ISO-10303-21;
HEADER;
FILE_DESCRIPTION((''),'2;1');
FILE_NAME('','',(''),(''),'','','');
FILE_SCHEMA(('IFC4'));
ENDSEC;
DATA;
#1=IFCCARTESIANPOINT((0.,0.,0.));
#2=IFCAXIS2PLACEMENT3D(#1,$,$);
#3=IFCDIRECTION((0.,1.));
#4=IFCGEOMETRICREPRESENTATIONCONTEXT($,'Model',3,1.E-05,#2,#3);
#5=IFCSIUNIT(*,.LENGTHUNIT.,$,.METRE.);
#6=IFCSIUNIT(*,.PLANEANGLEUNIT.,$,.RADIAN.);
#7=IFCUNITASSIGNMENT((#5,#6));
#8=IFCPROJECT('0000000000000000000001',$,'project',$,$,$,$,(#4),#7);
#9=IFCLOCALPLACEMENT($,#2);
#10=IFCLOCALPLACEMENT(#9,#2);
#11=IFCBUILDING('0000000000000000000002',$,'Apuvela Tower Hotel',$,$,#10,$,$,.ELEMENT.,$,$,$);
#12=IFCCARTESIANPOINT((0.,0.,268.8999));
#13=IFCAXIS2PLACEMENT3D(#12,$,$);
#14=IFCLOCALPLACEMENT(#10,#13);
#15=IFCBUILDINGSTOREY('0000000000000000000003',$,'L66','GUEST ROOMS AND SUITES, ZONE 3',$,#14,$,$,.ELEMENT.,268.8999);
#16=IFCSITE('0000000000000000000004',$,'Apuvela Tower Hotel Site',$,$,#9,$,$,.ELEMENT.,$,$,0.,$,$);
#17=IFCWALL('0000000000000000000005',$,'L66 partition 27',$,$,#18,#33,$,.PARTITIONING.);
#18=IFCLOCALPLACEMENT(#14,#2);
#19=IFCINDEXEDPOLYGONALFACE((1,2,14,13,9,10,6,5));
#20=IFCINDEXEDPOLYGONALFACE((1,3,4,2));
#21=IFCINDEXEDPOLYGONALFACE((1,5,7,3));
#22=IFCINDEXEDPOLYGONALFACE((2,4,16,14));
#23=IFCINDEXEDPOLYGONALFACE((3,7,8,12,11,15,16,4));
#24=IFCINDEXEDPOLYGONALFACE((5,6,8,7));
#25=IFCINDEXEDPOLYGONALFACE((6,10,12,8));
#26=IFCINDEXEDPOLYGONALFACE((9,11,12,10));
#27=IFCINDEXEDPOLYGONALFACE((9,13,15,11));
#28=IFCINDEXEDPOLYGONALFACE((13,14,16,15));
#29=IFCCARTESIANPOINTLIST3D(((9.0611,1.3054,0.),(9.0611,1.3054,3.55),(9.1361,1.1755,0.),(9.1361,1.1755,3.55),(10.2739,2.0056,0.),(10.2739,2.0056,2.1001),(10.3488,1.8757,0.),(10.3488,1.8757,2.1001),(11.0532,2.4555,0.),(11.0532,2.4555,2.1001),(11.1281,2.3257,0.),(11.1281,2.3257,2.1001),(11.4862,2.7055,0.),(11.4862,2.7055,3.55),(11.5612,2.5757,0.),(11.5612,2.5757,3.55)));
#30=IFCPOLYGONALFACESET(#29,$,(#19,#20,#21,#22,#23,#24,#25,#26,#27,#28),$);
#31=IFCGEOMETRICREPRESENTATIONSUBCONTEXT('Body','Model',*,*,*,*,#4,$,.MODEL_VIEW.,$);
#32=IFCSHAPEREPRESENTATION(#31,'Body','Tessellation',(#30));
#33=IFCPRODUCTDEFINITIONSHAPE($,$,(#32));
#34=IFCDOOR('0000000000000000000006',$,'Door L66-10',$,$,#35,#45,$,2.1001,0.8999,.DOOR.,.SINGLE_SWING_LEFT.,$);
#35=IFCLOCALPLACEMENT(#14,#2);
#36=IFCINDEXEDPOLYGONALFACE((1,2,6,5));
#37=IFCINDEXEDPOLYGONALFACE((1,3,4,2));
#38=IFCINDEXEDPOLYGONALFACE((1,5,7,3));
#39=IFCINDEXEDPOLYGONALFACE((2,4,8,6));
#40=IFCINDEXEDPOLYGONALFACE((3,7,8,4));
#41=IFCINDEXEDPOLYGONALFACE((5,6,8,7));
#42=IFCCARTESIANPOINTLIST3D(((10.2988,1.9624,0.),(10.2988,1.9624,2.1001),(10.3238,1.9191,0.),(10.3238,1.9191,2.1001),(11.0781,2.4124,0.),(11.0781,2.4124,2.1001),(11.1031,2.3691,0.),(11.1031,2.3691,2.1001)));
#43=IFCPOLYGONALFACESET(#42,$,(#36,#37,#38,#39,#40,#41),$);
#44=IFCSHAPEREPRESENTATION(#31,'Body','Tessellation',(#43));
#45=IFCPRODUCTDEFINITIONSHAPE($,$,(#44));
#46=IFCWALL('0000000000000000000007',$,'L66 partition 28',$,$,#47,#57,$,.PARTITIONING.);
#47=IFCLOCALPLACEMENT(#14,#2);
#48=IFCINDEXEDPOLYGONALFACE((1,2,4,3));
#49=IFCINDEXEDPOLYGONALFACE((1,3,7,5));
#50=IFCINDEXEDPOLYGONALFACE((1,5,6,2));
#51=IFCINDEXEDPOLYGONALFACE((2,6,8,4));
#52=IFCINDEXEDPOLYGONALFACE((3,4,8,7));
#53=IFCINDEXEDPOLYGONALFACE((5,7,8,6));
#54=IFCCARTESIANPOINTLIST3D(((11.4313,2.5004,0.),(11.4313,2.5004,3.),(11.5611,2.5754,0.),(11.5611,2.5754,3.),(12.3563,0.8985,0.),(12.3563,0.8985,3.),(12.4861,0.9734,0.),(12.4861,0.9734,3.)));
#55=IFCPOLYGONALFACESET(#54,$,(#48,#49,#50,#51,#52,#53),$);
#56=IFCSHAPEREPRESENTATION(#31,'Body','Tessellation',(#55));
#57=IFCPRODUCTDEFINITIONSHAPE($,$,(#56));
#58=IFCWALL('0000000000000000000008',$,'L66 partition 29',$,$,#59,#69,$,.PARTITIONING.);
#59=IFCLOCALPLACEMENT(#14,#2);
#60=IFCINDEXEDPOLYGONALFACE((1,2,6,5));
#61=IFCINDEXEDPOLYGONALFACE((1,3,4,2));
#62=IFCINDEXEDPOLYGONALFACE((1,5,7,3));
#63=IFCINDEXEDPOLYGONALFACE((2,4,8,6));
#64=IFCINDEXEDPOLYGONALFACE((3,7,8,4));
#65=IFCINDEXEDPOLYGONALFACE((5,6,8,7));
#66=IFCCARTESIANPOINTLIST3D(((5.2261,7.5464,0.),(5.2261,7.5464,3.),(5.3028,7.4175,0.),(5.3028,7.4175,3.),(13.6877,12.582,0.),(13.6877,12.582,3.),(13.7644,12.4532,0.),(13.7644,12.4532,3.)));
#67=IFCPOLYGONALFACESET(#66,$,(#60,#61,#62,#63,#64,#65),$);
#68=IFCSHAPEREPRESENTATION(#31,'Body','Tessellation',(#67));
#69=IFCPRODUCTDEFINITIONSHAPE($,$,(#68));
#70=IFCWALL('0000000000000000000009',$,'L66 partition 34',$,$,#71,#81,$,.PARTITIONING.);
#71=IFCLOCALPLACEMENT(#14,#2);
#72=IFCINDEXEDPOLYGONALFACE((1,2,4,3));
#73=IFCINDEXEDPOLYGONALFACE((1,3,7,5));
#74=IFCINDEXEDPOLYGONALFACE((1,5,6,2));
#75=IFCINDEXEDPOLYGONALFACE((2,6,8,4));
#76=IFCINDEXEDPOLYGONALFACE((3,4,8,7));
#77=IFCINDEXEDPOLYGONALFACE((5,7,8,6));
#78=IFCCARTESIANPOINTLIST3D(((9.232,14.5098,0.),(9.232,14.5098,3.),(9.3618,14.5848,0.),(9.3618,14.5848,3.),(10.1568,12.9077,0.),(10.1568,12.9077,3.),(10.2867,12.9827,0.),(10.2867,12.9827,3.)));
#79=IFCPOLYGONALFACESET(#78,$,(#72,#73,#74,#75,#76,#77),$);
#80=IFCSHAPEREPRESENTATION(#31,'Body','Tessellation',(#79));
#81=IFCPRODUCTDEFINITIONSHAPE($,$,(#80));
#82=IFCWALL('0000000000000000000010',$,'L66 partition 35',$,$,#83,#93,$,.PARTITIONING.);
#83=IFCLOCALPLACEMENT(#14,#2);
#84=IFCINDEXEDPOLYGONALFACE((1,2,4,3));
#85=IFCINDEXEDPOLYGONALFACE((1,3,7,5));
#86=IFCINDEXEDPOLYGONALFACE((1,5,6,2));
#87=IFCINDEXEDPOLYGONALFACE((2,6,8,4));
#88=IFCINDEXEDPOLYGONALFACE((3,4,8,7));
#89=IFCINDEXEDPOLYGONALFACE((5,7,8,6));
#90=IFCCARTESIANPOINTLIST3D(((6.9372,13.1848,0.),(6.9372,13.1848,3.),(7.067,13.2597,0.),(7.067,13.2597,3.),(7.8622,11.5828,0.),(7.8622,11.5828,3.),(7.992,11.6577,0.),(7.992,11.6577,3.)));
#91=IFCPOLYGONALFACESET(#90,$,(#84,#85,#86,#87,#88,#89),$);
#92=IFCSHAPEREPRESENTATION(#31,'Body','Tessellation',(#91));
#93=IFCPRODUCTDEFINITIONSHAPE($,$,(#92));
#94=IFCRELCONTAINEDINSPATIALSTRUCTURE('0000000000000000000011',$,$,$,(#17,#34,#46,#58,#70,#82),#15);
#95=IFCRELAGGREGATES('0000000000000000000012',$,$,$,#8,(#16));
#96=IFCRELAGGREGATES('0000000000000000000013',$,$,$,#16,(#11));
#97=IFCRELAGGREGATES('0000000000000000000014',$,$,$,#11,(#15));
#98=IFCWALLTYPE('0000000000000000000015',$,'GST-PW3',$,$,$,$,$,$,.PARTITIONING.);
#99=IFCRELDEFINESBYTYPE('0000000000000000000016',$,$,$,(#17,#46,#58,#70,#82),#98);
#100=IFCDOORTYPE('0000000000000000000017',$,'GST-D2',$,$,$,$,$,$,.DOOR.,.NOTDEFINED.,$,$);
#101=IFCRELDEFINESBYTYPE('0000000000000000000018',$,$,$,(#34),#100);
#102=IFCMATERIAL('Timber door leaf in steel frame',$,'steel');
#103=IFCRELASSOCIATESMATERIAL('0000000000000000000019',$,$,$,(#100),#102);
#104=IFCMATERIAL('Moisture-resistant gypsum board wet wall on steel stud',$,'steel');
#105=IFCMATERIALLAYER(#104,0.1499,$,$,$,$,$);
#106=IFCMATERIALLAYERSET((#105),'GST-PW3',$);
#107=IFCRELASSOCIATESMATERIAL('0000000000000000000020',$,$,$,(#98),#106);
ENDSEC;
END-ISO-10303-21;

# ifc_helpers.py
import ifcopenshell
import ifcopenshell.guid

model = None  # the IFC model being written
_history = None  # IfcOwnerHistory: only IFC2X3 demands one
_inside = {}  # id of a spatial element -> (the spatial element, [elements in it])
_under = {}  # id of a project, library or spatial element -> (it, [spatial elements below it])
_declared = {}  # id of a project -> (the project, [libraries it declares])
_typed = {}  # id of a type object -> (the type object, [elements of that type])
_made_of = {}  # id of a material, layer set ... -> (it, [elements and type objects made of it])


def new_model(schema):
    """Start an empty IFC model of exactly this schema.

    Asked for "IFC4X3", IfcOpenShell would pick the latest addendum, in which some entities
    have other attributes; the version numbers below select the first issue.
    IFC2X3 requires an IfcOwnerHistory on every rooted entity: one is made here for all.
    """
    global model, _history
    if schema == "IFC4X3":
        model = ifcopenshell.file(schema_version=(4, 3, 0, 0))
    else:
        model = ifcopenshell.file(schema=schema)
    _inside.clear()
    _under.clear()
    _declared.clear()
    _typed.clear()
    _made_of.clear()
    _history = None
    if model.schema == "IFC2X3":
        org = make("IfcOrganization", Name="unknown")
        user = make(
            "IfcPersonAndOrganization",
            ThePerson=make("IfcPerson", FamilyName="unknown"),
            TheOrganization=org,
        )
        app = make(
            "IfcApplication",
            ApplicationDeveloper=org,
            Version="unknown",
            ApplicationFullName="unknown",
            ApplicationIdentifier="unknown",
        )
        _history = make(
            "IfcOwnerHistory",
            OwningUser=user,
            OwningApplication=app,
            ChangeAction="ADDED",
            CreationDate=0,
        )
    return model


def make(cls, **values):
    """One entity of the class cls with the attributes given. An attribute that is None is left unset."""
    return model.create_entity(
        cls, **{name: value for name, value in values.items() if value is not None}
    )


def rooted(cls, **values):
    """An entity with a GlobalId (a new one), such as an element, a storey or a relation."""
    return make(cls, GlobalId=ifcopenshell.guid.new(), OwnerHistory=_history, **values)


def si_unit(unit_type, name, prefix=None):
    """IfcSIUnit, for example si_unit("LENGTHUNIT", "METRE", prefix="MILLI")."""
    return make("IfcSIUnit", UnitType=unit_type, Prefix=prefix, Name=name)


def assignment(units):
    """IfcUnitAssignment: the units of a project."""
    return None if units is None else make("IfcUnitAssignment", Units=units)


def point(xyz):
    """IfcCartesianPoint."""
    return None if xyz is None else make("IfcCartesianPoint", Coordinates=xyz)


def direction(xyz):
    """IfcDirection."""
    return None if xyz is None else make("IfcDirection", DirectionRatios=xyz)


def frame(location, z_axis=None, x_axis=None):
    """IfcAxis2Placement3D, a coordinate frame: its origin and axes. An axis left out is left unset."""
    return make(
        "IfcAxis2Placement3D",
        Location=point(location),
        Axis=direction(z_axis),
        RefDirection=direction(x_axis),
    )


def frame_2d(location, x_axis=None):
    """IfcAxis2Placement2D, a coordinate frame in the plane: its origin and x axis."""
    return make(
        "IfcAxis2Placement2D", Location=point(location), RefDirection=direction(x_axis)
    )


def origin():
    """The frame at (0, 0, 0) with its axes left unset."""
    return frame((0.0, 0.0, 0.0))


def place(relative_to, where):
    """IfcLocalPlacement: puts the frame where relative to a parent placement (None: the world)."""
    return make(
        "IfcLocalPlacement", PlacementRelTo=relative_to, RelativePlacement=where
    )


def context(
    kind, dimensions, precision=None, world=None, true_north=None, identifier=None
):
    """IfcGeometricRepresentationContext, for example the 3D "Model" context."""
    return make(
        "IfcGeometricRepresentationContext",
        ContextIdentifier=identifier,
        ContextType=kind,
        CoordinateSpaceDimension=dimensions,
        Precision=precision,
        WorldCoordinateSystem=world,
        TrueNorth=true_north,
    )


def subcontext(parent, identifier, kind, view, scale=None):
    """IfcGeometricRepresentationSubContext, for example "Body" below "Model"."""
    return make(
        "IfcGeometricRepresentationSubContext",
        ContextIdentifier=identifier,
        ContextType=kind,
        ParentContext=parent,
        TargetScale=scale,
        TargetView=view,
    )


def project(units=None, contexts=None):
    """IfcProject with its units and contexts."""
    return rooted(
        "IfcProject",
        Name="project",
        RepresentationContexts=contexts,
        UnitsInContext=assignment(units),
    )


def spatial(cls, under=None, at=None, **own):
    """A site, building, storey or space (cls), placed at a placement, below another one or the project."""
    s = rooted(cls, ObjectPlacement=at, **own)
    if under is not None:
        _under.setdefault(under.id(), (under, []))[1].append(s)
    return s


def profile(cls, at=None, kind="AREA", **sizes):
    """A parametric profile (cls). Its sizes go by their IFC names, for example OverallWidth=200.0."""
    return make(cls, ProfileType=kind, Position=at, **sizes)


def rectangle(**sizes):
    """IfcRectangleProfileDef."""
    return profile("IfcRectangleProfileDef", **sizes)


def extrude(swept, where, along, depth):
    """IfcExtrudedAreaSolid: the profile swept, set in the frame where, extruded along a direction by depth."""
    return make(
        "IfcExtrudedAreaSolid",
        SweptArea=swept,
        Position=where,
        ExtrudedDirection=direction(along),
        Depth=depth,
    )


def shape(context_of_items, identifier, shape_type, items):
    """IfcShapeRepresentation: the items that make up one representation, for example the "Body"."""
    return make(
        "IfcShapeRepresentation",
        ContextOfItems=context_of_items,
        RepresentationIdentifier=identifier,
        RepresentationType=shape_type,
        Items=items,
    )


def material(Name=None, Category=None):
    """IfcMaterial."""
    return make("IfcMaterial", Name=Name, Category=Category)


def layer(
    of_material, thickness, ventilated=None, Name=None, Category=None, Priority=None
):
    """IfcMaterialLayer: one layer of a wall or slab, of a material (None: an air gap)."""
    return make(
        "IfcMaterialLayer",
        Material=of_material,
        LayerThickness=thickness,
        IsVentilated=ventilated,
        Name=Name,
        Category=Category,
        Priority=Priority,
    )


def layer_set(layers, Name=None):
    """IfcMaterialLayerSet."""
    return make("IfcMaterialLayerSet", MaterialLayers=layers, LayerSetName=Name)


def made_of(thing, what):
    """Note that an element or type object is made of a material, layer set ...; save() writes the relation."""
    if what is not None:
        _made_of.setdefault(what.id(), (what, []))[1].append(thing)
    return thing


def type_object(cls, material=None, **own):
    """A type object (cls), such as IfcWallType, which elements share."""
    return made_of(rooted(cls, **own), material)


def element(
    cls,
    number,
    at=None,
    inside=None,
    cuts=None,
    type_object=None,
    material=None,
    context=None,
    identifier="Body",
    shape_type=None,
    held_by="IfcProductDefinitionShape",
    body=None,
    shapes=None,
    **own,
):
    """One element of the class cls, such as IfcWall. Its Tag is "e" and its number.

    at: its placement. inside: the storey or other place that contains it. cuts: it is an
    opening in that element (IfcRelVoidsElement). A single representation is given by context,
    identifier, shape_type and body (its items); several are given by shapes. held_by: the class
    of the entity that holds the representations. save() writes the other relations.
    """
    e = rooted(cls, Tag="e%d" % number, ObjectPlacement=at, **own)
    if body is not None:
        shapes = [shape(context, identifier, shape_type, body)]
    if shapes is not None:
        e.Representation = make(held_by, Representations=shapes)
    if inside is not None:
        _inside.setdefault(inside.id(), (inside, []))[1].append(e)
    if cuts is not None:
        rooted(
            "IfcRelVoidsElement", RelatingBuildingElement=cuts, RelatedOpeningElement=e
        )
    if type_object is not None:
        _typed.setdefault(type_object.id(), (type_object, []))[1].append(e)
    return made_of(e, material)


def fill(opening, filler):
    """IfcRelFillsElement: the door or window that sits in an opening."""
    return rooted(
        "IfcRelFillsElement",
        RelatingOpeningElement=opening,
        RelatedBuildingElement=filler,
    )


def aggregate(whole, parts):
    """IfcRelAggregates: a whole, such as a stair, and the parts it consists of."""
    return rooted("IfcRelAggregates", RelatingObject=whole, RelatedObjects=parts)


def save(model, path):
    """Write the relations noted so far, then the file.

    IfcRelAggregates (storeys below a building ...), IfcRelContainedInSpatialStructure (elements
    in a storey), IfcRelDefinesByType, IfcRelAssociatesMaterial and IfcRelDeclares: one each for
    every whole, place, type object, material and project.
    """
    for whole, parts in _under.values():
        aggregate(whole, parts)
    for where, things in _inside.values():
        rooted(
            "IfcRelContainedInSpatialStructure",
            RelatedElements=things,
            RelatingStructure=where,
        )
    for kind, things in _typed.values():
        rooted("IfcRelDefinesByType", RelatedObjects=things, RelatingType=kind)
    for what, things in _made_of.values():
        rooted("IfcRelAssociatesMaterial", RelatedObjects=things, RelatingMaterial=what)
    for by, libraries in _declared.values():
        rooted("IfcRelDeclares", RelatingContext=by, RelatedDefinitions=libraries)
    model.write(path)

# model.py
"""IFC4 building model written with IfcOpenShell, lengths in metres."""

from ifc_helpers import new_model, si_unit, direction, frame, frame_2d, origin, place, context, subcontext, project, spatial, rectangle, extrude, material, layer, layer_set, type_object, element, fill, save


model = new_model("IFC4")

# Units and contexts
model_context = context("Model", 3, precision=1e-05, world=origin(), true_north=direction((0.0, 1.0)))
body_context = subcontext(model_context, "Body", "Model", "MODEL_VIEW")
ifc_project = project(units=[si_unit("LENGTHUNIT", "METRE"), si_unit("PLANEANGLEUNIT", "RADIAN")], contexts=[model_context])

# Site, building, storey
site_placement = place(None, origin())
site = spatial("IfcSite", under=ifc_project, at=site_placement, Name="Apuvela Tower Hotel Site", CompositionType="ELEMENT", RefElevation=0.0)
building_placement = place(site_placement, origin())
building = spatial("IfcBuilding", under=site, at=building_placement, Name="Apuvela Tower Hotel", CompositionType="ELEMENT")
storey_placement = place(building_placement, frame((0.0, 0.0, 268.8999)))
storey = spatial("IfcBuildingStorey", under=building, at=storey_placement, Name="L66", Description="GUEST ROOMS AND SUITES, ZONE 3", CompositionType="ELEMENT", Elevation=268.8999)

# Wall, opening, door
ifc_material_1 = material(Name="Timber door leaf in steel frame", Category="steel")
door_type_1 = type_object("IfcDoorType", Name="GST-D2", OperationType="NOTDEFINED", PredefinedType="DOOR", material=ifc_material_1)
ifc_material_2 = material(Name="Moisture-resistant gypsum board wet wall on steel stud", Category="steel")
ifc_layer_1 = layer(ifc_material_2, 0.1499)
ifc_layer_set_1 = layer_set([ifc_layer_1], Name="GST-PW3")
wall_type_1 = type_object("IfcWallType", Name="GST-PW3", PredefinedType="PARTITIONING", material=ifc_layer_set_1)
wall_1_placement = place(storey_placement, frame((11.5237, 2.6406, 0.0), z_axis=(0.0, 0.0, 1.0), x_axis=(-0.866019, -0.500012, 0.0)))
wall_1 = element("IfcWall", 1, at=wall_1_placement, inside=storey, type_object=wall_type_1, Name="L66 partition 27", PredefinedType="PARTITIONING", context=body_context, shape_type="SweptSolid", body=[
    extrude(rectangle(XDim=2.8003, YDim=0.1499, at=frame_2d((1.4001, 0.0))), origin(), (0.0, 0.0, 1.0), 3.55),
])
opening_1_placement = place(wall_1_placement, frame((0.5, 0.0, 0.0)))
opening_1 = element("IfcOpeningElement", 2, at=opening_1_placement, cuts=wall_1, PredefinedType="OPENING", context=body_context, shape_type="SweptSolid", body=[
    extrude(rectangle(XDim=0.8999, YDim=2.1001, at=frame_2d((0.45, 1.05))), frame((0.0, 0.085, 0.0), z_axis=(0.0, -1.0, 0.0), x_axis=(1.0, 0.0, 0.0)), (0.0, 0.0, 1.0), 0.1699),
])
door_1_placement = place(opening_1_placement, origin())
door_1 = element("IfcDoor", 3, at=door_1_placement, inside=storey, type_object=door_type_1, Name="Door L66-10", OperationType="SINGLE_SWING_LEFT", OverallHeight=2.1001, OverallWidth=0.8999, PredefinedType="DOOR", context=body_context, shape_type="SweptSolid", body=[
    extrude(rectangle(XDim=0.8999, YDim=2.1001, at=frame_2d((0.45, 1.05))), frame((0.0, 0.0249, 0.0), z_axis=(0.0, -1.0, 0.0), x_axis=(1.0, 0.0, 0.0)), (0.0, 0.0, 1.0), 0.05),
])
fill(opening_1, door_1)

# Walls
wall_2_placement = place(storey_placement, frame((12.4211, 0.936, 0.0), z_axis=(0.0, 0.0, 1.0), x_axis=(-0.500042, 0.866001, 0.0)))
element("IfcWall", 4, at=wall_2_placement, inside=storey, type_object=wall_type_1, Name="L66 partition 28", PredefinedType="PARTITIONING", context=body_context, shape_type="SweptSolid", body=[
    extrude(rectangle(XDim=1.8499, YDim=0.1499, at=frame_2d((0.9248, 0.0))), origin(), (0.0, 0.0, 1.0), 3.0),
])
wall_3_placement = place(storey_placement, frame((13.7261, 12.5176, 0.0), z_axis=(0.0, 0.0, 1.0), x_axis=(-0.85934, -0.511404, 0.0)))
element("IfcWall", 5, at=wall_3_placement, inside=storey, type_object=wall_type_1, Name="L66 partition 29", PredefinedType="PARTITIONING", context=body_context, shape_type="SweptSolid", body=[
    extrude(rectangle(XDim=9.8467, YDim=0.1499, at=frame_2d((4.9233, 0.0))), origin(), (0.0, 0.0, 1.0), 3.0),
])
for number, where, z_axis, x_axis, name in (
    (6, (10.2217, 12.9453, 0.0), (0.0, 0.0, 1.0), (-0.499943, 0.866058, 0.0), "L66 partition 34"),
    (7, (7.927, 11.6204, 0.0), (0.0, 0.0, 1.0), (-0.500042, 0.866001, 0.0), "L66 partition 35"),
):
    element("IfcWall", number, at=place(storey_placement, frame(where, z_axis=z_axis, x_axis=x_axis)), inside=storey, type_object=wall_type_1, Name=name, PredefinedType="PARTITIONING", context=body_context, shape_type="SweptSolid", body=[
        extrude(rectangle(XDim=1.8499, YDim=0.1499, at=frame_2d((0.9248, 0.0))), origin(), (0.0, 0.0, 1.0), 3.0),
    ])

save(model, "model.ifc")
